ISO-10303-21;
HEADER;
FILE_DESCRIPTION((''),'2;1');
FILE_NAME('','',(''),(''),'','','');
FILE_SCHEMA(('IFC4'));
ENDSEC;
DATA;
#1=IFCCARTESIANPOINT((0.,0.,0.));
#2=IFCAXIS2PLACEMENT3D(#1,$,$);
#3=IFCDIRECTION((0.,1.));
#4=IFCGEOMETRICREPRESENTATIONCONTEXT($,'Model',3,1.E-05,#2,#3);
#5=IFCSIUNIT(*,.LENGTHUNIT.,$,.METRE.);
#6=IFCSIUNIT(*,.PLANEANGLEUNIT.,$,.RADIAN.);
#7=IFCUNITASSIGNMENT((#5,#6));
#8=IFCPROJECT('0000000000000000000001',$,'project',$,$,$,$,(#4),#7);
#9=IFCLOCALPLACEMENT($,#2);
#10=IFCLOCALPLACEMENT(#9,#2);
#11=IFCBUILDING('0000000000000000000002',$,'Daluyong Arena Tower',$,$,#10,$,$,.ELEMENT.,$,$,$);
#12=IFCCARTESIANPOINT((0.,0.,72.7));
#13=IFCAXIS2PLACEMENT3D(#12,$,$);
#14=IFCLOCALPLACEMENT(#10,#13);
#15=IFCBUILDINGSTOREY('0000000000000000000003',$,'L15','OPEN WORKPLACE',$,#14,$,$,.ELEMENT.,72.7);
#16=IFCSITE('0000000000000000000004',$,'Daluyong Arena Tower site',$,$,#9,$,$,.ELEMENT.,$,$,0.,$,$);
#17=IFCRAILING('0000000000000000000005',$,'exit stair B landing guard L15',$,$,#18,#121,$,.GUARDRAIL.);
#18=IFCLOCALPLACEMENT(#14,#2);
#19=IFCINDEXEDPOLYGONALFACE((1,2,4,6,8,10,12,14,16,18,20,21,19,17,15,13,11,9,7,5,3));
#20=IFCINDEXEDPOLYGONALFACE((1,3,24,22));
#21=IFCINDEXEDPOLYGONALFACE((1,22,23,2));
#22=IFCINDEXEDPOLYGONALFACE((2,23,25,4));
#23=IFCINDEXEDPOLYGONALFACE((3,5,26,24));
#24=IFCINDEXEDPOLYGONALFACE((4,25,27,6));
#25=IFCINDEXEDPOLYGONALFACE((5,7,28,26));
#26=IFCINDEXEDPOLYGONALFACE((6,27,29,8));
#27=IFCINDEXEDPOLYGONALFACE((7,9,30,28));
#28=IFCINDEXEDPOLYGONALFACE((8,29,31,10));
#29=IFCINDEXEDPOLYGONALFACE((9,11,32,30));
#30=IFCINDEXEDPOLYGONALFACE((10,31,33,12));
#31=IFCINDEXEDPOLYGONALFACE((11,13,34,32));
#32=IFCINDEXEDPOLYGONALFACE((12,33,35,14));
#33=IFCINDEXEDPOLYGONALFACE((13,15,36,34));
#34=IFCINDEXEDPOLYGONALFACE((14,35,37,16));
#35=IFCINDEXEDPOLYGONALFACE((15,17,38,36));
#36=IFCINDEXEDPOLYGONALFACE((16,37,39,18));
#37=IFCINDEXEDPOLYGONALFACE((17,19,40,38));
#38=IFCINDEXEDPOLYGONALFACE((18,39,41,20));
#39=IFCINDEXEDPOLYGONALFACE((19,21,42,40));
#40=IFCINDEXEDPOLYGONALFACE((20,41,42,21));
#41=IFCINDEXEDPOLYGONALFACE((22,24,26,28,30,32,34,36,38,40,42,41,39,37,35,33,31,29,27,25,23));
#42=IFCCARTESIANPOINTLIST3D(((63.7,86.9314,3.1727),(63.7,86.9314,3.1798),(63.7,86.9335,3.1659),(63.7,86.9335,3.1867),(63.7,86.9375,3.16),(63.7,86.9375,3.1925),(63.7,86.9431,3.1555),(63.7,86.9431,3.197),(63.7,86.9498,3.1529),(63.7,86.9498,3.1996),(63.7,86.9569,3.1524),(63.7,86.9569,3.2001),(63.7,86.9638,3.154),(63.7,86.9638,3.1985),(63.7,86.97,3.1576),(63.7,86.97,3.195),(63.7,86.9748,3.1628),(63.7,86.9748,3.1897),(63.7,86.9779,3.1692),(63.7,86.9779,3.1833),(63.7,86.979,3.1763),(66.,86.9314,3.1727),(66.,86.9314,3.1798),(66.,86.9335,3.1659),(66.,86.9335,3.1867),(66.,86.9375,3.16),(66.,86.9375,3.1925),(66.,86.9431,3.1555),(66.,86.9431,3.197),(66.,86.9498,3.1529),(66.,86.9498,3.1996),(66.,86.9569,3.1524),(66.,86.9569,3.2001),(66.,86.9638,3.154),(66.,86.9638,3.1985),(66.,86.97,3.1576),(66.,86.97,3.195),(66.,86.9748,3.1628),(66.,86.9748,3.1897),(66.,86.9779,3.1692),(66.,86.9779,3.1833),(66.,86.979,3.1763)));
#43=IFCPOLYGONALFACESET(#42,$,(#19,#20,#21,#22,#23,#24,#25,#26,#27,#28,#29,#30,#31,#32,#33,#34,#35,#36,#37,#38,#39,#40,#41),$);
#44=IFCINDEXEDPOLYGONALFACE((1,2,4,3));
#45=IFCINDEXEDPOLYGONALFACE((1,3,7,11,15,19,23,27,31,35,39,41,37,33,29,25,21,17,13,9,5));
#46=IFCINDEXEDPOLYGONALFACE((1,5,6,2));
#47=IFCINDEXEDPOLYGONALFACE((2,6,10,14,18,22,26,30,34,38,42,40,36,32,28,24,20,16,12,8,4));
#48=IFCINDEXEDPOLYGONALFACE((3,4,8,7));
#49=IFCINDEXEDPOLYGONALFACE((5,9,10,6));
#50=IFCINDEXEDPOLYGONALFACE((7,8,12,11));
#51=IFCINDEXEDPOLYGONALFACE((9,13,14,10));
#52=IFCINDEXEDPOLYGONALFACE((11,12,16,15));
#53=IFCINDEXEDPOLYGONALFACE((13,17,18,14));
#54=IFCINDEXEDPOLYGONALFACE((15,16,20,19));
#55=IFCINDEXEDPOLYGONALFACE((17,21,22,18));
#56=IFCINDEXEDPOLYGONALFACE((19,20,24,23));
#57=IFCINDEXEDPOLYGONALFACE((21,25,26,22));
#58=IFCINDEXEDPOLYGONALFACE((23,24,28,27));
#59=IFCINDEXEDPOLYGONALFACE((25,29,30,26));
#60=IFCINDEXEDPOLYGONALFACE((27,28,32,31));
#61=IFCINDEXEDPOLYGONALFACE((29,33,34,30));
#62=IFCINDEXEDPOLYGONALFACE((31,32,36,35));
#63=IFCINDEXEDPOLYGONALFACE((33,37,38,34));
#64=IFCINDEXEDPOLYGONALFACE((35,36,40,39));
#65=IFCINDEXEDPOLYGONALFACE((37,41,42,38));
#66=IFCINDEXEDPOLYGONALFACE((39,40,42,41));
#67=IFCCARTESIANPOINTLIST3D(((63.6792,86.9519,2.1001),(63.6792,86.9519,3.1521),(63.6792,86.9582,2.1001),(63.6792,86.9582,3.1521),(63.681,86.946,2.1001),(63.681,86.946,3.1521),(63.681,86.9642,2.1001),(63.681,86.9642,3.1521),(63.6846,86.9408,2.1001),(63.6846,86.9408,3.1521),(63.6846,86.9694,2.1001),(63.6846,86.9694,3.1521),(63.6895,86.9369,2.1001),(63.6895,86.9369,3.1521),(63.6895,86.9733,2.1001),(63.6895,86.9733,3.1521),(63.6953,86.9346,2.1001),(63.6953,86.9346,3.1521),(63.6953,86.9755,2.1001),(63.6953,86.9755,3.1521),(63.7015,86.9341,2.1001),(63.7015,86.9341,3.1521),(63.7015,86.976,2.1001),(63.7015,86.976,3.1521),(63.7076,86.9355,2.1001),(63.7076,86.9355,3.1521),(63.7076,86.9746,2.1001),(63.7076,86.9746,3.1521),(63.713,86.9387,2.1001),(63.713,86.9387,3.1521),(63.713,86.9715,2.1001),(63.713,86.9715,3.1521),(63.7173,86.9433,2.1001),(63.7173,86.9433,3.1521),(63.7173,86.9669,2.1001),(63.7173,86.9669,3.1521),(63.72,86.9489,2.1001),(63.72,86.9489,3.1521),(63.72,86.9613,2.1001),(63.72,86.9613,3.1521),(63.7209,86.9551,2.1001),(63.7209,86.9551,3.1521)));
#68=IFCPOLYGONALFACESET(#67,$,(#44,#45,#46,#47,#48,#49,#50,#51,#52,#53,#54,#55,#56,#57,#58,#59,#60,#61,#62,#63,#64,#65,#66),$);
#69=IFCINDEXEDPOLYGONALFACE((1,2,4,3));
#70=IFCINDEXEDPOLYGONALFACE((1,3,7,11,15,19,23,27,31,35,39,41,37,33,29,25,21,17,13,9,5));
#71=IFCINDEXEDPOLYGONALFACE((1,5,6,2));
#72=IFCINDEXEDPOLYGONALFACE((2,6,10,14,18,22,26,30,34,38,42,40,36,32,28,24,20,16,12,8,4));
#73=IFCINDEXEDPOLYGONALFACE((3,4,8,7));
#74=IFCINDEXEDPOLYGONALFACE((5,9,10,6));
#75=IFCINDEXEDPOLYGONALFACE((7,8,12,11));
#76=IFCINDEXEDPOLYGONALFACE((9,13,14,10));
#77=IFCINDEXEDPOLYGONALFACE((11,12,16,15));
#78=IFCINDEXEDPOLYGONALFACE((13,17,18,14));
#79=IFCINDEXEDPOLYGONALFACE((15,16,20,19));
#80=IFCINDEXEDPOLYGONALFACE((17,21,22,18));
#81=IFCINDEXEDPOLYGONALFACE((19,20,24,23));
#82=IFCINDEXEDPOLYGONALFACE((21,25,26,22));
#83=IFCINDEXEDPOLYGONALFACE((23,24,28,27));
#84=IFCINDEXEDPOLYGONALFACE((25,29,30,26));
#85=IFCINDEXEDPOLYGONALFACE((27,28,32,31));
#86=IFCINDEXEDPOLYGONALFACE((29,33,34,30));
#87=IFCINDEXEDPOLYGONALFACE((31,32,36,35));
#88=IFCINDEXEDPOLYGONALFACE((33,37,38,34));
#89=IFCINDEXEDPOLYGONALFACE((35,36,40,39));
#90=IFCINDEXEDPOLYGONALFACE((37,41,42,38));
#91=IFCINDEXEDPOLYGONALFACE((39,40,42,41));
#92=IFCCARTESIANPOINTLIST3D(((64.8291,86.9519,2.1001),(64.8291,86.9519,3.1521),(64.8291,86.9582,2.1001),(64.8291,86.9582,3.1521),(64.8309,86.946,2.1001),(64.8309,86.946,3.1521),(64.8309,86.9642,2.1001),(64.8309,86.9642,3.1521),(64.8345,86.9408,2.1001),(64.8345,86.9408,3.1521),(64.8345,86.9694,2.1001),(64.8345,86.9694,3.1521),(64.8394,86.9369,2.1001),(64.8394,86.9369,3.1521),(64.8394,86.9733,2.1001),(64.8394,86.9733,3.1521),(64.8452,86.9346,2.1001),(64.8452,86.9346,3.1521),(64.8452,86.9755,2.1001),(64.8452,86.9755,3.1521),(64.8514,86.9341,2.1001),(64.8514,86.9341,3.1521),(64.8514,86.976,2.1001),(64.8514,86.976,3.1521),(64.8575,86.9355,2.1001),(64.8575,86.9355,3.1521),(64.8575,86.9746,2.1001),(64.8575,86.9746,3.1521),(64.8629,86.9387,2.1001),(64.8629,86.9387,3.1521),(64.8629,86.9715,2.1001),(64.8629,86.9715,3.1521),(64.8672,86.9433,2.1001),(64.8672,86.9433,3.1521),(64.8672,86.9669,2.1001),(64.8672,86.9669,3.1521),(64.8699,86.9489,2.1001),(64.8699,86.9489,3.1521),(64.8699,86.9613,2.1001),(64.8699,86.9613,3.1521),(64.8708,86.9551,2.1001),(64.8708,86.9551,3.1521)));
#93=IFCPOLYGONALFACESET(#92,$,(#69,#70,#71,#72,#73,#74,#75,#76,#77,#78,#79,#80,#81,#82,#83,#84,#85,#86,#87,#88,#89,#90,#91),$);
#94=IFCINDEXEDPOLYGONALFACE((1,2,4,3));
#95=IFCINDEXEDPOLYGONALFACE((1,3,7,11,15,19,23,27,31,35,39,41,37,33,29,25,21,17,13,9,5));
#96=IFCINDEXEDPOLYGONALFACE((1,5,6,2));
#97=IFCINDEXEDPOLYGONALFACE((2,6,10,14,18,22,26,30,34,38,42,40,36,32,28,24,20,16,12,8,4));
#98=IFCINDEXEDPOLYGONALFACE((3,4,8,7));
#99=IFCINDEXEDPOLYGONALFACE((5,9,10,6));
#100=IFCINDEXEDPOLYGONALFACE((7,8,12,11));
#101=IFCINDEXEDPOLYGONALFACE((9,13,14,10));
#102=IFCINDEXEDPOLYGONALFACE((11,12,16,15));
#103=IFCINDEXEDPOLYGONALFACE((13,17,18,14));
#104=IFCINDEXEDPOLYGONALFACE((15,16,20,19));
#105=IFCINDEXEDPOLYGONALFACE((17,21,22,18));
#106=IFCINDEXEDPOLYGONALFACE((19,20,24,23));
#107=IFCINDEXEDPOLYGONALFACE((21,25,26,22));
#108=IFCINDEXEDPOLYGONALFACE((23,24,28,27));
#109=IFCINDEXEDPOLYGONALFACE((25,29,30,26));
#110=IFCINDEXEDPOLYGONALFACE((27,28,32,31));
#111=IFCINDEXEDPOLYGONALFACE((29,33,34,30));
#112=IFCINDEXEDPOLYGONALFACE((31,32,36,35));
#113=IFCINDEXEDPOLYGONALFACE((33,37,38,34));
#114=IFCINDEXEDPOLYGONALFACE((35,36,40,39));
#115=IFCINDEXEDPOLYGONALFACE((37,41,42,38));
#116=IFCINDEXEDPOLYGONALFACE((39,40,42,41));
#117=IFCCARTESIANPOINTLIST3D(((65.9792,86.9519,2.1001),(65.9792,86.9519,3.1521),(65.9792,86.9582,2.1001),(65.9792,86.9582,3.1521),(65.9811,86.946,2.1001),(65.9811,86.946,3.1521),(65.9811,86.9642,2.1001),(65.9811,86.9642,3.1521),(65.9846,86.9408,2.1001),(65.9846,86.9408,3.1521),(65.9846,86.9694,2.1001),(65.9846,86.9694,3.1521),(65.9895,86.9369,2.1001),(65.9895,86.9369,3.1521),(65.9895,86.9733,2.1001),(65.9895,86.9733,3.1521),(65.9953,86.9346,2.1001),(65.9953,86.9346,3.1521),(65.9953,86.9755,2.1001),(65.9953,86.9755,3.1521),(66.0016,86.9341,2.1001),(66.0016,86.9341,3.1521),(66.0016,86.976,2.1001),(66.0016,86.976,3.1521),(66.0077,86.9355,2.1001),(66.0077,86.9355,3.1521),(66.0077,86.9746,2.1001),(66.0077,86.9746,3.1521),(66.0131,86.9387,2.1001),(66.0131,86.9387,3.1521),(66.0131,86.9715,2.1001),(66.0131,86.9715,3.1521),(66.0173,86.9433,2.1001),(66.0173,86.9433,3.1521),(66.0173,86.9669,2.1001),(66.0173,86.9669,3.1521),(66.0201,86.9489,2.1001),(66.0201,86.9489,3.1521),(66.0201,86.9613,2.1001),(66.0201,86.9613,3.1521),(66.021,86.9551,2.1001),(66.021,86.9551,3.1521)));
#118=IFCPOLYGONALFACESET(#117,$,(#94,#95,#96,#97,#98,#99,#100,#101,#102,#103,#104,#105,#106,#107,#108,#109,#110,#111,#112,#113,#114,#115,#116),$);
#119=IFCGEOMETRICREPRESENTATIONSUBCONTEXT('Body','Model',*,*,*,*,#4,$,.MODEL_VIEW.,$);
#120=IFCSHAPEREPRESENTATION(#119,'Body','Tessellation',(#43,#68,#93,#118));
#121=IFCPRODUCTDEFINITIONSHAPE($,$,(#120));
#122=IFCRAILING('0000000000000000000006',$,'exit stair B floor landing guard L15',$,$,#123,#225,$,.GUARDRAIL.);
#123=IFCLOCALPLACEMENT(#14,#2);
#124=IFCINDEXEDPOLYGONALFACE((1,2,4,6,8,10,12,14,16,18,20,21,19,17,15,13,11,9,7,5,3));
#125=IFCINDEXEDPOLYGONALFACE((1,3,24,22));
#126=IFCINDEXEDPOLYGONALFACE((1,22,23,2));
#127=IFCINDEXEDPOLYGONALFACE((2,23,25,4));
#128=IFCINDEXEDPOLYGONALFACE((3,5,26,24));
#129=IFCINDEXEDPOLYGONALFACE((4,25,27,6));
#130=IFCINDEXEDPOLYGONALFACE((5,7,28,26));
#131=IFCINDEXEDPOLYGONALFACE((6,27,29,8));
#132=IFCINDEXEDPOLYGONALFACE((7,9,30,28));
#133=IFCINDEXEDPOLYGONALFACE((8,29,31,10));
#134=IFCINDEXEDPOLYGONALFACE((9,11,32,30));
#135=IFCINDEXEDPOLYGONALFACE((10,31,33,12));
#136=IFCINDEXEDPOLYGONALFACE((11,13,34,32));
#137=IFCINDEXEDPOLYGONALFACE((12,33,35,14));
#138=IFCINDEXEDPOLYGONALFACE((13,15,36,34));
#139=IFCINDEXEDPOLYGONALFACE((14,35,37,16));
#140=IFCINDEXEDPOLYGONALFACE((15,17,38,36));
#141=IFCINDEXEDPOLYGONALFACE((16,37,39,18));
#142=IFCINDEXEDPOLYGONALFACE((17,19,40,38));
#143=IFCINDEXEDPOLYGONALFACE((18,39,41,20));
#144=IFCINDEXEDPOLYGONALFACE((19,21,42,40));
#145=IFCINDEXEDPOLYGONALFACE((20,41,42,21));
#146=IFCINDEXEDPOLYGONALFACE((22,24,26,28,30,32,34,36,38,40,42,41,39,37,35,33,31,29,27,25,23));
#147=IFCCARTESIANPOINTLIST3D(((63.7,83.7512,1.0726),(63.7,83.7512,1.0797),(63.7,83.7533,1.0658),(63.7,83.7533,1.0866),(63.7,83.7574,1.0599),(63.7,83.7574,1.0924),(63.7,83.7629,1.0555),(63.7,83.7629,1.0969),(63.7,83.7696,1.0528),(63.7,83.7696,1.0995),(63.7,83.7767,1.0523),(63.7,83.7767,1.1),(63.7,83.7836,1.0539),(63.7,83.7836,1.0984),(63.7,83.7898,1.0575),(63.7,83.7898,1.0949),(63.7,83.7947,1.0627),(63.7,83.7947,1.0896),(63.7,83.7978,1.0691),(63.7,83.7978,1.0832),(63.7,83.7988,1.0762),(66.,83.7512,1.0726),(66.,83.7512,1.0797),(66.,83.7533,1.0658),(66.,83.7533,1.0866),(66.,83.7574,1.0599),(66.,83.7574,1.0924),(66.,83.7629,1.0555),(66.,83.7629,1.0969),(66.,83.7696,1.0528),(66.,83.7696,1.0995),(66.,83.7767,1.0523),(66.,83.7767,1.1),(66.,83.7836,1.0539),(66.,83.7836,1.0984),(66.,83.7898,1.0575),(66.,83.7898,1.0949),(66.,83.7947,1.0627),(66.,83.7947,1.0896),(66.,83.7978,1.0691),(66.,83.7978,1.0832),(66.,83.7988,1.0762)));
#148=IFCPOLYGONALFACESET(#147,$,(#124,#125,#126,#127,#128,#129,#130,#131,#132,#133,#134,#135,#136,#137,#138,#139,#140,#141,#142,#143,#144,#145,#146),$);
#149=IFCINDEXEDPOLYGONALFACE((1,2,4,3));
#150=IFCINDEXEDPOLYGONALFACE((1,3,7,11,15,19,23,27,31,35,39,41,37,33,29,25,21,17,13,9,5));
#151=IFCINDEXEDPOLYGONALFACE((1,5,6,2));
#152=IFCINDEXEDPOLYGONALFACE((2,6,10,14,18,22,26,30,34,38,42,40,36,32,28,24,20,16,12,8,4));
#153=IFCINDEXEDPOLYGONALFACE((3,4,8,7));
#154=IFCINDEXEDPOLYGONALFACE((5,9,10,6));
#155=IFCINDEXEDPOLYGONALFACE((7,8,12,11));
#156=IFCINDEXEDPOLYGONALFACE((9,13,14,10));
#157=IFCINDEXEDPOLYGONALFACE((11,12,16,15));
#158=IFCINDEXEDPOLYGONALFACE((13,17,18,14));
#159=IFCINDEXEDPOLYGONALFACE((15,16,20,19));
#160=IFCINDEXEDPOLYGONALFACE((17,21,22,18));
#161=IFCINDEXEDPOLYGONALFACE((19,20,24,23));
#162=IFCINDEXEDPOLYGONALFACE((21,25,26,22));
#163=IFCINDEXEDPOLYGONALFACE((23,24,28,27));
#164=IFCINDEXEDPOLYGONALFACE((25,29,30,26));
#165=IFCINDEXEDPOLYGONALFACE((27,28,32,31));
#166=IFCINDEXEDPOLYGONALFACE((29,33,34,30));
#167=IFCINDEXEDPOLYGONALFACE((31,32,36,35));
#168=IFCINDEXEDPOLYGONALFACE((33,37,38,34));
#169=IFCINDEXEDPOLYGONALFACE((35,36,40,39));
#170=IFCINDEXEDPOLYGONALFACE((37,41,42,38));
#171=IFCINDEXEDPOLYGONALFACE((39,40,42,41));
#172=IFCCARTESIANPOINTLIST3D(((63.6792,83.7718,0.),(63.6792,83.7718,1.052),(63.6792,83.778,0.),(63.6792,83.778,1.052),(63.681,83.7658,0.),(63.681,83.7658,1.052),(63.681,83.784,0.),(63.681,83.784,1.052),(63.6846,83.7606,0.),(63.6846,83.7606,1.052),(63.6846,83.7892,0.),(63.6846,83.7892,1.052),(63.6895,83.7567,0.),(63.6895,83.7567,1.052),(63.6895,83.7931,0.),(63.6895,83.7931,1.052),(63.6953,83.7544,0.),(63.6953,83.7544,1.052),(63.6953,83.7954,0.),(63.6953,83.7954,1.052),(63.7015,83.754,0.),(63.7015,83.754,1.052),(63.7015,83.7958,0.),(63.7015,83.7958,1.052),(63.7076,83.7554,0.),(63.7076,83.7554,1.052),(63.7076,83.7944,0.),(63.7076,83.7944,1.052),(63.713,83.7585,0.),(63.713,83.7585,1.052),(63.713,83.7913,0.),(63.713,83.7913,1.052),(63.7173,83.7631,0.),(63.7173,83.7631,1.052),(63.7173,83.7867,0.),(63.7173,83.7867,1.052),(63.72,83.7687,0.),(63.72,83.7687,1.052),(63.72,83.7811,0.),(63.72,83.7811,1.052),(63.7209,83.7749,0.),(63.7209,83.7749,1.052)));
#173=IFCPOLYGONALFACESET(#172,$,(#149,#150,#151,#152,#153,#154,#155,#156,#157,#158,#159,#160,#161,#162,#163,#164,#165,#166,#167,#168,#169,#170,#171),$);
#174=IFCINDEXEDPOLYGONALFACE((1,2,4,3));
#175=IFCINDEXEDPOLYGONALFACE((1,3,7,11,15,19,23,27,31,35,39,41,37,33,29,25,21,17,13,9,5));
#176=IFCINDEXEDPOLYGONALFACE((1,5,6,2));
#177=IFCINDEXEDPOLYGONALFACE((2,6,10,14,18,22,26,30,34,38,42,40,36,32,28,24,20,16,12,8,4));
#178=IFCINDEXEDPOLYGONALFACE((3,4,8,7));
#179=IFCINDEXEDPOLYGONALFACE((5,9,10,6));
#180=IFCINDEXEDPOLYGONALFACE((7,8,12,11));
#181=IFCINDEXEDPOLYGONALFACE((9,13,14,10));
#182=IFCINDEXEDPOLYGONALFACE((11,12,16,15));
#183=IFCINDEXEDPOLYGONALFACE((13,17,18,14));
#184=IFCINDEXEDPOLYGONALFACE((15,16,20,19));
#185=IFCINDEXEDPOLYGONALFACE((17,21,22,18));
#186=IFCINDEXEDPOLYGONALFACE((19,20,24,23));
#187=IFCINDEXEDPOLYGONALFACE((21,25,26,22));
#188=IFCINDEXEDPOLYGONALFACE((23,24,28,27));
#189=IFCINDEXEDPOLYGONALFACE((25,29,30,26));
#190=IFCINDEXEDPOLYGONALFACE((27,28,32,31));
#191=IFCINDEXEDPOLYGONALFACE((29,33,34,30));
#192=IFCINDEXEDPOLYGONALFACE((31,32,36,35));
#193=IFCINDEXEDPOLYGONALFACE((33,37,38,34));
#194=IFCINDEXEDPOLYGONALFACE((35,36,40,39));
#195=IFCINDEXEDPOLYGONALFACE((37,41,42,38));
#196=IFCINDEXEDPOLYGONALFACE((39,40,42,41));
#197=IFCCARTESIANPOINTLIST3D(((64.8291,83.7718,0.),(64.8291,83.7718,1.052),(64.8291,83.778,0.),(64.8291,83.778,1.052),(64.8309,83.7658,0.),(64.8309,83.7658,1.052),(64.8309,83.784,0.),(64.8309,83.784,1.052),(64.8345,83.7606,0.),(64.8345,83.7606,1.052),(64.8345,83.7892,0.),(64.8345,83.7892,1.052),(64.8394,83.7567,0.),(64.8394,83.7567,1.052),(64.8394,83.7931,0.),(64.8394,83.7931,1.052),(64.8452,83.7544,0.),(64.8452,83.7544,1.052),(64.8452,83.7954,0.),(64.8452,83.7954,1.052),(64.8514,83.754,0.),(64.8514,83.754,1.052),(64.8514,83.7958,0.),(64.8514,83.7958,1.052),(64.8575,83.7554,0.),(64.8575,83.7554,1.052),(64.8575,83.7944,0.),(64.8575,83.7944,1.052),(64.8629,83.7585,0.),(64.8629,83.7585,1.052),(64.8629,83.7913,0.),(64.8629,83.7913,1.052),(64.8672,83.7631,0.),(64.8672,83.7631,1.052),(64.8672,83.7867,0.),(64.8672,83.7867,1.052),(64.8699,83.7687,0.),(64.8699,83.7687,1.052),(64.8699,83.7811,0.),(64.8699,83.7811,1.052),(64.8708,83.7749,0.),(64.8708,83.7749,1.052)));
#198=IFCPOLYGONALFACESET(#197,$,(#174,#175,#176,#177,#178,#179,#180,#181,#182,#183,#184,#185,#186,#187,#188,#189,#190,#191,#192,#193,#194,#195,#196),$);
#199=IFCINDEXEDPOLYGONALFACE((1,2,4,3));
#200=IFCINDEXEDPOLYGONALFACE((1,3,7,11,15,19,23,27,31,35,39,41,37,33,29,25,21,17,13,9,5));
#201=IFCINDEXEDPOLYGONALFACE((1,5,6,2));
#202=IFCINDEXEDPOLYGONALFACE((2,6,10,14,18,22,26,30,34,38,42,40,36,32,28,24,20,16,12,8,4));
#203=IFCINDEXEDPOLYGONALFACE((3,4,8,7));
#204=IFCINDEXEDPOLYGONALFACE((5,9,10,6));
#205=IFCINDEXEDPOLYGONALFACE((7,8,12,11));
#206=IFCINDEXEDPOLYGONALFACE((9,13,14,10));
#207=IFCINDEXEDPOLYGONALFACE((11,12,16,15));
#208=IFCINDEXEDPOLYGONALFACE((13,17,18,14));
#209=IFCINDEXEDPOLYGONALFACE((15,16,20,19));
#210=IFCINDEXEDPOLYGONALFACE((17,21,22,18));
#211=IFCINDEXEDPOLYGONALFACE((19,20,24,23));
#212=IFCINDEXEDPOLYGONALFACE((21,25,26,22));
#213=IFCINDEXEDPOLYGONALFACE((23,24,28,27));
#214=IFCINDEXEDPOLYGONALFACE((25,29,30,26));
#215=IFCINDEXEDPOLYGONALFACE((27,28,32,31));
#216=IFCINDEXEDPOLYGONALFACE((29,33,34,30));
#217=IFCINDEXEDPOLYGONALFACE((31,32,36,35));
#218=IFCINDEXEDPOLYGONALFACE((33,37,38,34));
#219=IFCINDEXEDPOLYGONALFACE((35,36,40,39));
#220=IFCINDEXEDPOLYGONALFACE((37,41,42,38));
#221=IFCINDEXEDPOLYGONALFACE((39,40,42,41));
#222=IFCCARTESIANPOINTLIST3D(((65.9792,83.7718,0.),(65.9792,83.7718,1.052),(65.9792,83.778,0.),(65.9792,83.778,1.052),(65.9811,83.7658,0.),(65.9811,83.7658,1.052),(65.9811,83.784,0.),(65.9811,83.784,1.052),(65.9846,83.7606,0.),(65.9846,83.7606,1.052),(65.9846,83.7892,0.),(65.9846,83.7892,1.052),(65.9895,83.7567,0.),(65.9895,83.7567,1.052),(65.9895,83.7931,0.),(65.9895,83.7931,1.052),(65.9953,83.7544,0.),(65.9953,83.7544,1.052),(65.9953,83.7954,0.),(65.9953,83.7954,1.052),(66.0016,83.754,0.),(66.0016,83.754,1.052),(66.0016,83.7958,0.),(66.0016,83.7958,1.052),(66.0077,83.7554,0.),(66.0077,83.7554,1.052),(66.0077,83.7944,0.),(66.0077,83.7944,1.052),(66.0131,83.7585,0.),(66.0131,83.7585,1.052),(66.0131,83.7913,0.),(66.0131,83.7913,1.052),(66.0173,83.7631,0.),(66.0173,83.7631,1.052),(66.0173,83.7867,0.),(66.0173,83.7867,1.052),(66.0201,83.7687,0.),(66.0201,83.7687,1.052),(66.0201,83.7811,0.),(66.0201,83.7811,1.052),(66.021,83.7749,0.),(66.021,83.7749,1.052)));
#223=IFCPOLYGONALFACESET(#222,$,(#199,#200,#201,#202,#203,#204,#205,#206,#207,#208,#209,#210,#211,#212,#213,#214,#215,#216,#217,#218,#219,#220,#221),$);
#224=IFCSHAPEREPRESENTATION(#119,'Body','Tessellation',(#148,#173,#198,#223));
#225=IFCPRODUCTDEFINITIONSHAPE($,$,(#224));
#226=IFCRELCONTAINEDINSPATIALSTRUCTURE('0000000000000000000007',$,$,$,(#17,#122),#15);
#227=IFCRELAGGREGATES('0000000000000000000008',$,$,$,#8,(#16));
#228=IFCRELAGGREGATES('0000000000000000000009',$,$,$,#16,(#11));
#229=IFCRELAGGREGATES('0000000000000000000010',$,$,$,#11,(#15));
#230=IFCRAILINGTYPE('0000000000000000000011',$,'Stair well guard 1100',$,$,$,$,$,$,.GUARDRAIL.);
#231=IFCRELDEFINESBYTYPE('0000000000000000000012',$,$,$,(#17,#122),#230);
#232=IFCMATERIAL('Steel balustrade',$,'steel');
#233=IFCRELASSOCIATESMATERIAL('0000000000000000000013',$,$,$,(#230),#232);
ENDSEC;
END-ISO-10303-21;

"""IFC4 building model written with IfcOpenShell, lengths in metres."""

from ifc_helpers import new_model, si_unit, direction, frame, origin, origin_2d, place, context, subcontext, project, spatial, circle, extrude, material, type_object, element, save


model = new_model("IFC4")

# Units and contexts
model_context = context("Model", 3, precision=1e-05, world=origin(), true_north=direction((0.0, 1.0)))
body_context = subcontext(model_context, "Body", "Model", "MODEL_VIEW")
ifc_project = project(units=[si_unit("LENGTHUNIT", "METRE"), si_unit("PLANEANGLEUNIT", "RADIAN")], contexts=[model_context])

# Site, building, storey
site_placement = place(None, origin())
site = spatial("IfcSite", under=ifc_project, at=site_placement, Name="Daluyong Arena Tower site", CompositionType="ELEMENT", RefElevation=0.0)
building_placement = place(site_placement, origin())
building = spatial("IfcBuilding", under=site, at=building_placement, Name="Daluyong Arena Tower", CompositionType="ELEMENT")
storey_placement = place(building_placement, frame((0.0, 0.0, 72.7)))
storey = spatial("IfcBuildingStorey", under=building, at=storey_placement, Name="L15", Description="OPEN WORKPLACE", CompositionType="ELEMENT", Elevation=72.7)

# Railings
ifc_material_1 = material(Name="Steel balustrade", Category="steel")
railing_type_1 = type_object("IfcRailingType", Name="Stair well guard 1100", PredefinedType="GUARDRAIL", material=ifc_material_1)
for number, where, name in (
    (1, (63.7, 86.9551, 2.1001), "exit stair B landing guard L15"),
    (2, (63.7, 83.7749, 0.0), "exit stair B floor landing guard L15"),
):
    element("IfcRailing", number, at=place(storey_placement, frame(where)), inside=storey, type_object=railing_type_1, Name=name, PredefinedType="GUARDRAIL", context=body_context, shape_type="SweptSolid", body=[
        extrude(circle(Radius=0.0239, at=origin_2d()), frame((0.0, 0.0, 1.0762), z_axis=(1.0, 0.0, 0.0), x_axis=(0.0, 1.0, 0.0)), (0.0, 0.0, 1.0), 2.3),
        extrude(circle(Radius=0.021, at=origin_2d()), origin(), (0.0, 0.0, 1.0), 1.052),
        extrude(circle(Radius=0.021, at=origin_2d()), frame((1.1499, 0.0, 0.0)), (0.0, 0.0, 1.0), 1.052),
        extrude(circle(Radius=0.021, at=origin_2d()), frame((2.3, 0.0, 0.0)), (0.0, 0.0, 1.0), 1.052),
    ])

save(model, "model.ifc")
